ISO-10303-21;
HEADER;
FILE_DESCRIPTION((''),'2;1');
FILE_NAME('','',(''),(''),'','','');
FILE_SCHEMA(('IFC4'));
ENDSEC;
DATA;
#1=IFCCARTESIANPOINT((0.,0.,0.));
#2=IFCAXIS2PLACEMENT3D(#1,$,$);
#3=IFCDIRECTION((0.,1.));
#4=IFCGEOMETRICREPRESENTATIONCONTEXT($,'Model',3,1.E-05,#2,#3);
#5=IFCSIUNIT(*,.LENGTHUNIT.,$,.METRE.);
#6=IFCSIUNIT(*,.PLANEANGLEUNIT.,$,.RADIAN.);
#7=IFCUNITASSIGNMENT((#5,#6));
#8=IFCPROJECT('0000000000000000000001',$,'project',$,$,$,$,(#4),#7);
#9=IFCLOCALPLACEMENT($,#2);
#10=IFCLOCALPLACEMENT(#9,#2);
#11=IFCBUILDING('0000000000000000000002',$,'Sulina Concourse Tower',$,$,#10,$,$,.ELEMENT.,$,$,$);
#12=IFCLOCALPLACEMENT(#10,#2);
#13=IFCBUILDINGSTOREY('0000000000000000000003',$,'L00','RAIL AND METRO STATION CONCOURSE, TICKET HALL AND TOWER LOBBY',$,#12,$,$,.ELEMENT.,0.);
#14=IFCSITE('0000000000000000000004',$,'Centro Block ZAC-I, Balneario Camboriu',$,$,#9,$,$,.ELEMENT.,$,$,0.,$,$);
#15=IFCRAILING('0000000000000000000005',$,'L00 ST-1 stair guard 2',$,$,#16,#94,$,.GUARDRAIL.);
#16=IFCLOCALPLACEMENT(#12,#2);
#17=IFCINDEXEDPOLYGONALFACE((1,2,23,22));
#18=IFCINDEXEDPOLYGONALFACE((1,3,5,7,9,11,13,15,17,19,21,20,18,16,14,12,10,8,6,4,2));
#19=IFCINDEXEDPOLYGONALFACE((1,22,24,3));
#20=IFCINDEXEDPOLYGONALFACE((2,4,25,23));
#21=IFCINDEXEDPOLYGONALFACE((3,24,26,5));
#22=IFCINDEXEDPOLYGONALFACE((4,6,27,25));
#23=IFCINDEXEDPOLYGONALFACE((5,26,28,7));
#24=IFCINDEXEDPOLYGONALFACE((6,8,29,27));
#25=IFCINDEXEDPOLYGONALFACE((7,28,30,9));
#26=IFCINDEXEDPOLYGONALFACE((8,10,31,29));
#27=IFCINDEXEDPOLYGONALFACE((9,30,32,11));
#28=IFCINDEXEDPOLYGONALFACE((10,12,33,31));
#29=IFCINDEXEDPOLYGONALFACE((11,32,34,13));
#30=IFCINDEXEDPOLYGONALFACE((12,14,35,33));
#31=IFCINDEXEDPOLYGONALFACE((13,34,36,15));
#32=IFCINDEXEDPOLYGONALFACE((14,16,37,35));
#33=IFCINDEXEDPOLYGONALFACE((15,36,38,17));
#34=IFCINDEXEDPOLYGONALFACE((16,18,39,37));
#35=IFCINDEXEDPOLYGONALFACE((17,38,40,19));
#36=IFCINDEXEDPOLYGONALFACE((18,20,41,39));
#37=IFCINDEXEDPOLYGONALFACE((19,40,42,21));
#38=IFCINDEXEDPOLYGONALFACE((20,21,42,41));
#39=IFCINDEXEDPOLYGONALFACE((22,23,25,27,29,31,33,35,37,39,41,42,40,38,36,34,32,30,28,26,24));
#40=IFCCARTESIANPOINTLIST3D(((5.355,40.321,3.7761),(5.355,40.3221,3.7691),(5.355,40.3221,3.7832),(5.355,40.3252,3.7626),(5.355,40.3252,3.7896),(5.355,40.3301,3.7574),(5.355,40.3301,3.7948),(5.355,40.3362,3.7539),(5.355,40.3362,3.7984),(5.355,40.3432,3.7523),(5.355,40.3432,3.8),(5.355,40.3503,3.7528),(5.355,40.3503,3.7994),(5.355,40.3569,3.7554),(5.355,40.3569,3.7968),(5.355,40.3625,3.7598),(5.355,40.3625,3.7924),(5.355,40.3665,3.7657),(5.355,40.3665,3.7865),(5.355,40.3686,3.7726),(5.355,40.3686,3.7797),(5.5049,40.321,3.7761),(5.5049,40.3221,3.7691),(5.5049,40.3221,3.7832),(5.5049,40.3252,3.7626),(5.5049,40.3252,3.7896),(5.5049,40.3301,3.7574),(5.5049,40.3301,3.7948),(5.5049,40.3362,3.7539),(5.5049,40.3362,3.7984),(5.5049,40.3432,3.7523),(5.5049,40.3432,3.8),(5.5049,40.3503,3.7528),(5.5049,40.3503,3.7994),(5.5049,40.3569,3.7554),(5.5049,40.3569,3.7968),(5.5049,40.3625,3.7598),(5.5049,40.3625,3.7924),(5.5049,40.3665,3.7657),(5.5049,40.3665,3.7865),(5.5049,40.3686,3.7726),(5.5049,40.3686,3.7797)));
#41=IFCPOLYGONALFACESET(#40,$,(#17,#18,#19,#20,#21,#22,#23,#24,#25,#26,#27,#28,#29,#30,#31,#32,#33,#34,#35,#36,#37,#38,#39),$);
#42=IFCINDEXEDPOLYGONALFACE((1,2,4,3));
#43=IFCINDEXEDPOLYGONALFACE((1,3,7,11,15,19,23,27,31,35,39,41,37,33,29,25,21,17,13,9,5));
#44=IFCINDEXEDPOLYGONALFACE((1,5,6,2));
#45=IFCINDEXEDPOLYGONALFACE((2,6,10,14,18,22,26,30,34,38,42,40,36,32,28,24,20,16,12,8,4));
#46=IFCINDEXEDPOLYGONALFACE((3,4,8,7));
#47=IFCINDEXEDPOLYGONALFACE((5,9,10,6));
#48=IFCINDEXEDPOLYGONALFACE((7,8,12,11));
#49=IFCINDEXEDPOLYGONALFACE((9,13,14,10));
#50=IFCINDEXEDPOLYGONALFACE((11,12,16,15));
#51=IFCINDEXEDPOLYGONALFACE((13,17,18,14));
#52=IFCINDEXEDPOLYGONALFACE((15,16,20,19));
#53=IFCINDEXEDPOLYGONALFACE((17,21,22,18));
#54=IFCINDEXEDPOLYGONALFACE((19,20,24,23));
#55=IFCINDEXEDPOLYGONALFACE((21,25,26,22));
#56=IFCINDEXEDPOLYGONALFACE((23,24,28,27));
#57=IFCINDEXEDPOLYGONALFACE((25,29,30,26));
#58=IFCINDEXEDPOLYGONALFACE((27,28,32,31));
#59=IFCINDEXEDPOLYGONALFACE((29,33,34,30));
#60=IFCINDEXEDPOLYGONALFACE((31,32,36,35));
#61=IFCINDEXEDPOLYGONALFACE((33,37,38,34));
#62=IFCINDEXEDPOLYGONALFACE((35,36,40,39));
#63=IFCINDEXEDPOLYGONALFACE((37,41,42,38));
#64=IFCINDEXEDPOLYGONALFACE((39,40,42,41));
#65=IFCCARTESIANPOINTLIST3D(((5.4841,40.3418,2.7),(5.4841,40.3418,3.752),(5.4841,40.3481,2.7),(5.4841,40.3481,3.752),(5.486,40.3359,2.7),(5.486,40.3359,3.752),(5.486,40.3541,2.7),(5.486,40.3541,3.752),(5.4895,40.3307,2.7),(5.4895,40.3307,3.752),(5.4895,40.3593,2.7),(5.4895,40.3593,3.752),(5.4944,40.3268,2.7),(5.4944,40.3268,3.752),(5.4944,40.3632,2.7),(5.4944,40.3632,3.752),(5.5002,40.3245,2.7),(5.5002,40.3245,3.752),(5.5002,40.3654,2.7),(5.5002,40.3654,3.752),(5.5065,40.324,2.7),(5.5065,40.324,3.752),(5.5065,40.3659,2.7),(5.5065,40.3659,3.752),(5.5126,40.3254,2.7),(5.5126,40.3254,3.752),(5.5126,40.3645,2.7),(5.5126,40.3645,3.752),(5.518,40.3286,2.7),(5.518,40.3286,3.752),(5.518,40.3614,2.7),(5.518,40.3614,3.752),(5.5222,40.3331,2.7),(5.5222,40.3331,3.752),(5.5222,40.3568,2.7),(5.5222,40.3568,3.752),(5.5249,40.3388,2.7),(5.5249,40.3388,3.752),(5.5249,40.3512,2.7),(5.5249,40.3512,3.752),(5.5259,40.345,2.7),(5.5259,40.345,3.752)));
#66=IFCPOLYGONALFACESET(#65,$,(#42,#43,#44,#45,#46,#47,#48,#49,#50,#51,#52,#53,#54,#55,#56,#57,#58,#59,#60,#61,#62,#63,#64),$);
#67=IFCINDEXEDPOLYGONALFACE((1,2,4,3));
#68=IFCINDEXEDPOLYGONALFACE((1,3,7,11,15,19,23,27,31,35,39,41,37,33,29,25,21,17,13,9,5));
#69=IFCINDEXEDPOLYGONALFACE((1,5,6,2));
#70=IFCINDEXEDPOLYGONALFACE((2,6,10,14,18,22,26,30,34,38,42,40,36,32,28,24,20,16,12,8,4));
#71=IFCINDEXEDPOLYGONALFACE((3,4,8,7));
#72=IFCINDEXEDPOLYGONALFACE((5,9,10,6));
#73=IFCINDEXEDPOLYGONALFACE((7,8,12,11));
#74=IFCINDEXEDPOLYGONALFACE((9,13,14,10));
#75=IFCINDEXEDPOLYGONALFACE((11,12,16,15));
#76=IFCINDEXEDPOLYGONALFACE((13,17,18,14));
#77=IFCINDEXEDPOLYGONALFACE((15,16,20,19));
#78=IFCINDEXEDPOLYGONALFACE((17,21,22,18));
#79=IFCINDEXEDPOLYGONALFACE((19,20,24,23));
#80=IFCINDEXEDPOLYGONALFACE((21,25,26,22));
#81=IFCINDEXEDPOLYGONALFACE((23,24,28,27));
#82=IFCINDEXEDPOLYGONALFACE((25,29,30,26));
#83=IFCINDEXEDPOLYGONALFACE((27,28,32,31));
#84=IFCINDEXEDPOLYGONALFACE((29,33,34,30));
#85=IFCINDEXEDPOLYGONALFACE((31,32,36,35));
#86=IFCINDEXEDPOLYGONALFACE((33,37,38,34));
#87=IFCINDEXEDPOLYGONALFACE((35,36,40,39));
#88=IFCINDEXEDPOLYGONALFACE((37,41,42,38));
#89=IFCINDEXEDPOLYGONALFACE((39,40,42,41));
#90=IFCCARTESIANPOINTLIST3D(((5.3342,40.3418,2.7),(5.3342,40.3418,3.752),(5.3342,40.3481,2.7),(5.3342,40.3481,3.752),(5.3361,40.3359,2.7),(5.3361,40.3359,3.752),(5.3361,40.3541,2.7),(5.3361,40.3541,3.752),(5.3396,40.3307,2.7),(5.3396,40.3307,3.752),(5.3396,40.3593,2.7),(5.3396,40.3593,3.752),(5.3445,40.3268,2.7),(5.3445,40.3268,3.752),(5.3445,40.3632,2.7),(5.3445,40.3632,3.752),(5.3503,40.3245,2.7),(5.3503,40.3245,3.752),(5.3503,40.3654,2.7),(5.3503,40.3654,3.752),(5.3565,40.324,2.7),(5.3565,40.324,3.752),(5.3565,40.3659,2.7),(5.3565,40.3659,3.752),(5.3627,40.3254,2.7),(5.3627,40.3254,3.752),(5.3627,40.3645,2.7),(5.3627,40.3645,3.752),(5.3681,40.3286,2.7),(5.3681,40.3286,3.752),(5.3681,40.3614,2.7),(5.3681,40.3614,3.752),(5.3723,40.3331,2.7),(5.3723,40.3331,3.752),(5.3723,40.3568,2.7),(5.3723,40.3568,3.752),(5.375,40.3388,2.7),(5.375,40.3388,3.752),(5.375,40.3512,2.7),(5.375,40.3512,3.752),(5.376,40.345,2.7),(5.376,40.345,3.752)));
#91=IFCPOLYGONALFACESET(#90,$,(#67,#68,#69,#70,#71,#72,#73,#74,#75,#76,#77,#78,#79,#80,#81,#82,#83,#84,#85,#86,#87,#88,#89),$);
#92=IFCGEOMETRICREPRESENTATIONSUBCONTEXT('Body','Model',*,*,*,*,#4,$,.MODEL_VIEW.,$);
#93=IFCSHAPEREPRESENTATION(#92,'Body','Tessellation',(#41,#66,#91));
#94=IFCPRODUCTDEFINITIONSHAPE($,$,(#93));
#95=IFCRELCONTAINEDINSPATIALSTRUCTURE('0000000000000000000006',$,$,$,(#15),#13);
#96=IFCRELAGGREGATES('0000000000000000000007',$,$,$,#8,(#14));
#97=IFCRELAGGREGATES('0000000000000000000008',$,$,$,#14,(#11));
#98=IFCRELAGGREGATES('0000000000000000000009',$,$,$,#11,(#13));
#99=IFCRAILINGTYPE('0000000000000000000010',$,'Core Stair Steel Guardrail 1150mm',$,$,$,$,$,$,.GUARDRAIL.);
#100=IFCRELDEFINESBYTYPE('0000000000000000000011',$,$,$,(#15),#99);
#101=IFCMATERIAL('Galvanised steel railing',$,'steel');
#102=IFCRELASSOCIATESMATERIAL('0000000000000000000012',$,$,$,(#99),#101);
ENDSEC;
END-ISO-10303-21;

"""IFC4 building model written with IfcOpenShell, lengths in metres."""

from ifc_helpers import new_model, si_unit, direction, frame, origin, origin_2d, place, context, subcontext, project, spatial, circle, extrude, material, type_object, element, save


model = new_model("IFC4")

# Units and contexts
model_context = context("Model", 3, precision=1e-05, world=origin(), true_north=direction((0.0, 1.0)))
body_context = subcontext(model_context, "Body", "Model", "MODEL_VIEW")
ifc_project = project(units=[si_unit("LENGTHUNIT", "METRE"), si_unit("PLANEANGLEUNIT", "RADIAN")], contexts=[model_context])

# Site, building, storey
site_placement = place(None, origin())
site = spatial("IfcSite", under=ifc_project, at=site_placement, Name="Centro Block ZAC-I, Balneario Camboriu", CompositionType="ELEMENT", RefElevation=0.0)
building_placement = place(site_placement, origin())
building = spatial("IfcBuilding", under=site, at=building_placement, Name="Sulina Concourse Tower", CompositionType="ELEMENT")
storey_placement = place(building_placement, origin())
storey = spatial("IfcBuildingStorey", under=building, at=storey_placement, Name="L00", Description="RAIL AND METRO STATION CONCOURSE, TICKET HALL AND TOWER LOBBY", CompositionType="ELEMENT", Elevation=0.0)

# Railing
ifc_material_1 = material(Name="Galvanised steel railing", Category="steel")
railing_type_1 = type_object("IfcRailingType", Name="Core Stair Steel Guardrail 1150mm", PredefinedType="GUARDRAIL", material=ifc_material_1)
railing_1_placement = place(storey_placement, frame((5.5049, 40.345, 2.7)))
element("IfcRailing", 1, at=railing_1_placement, inside=storey, type_object=railing_type_1, Name="L00 ST-1 stair guard 2", PredefinedType="GUARDRAIL", context=body_context, shape_type="SweptSolid", body=[
    extrude(circle(Radius=0.0239, at=origin_2d()), frame((0.0, 0.0, 1.0762), z_axis=(-1.0, 0.0, 0.0), x_axis=(0.0, -1.0, 0.0)), (0.0, 0.0, 1.0), 0.1499),
    extrude(circle(Radius=0.021, at=origin_2d()), origin(), (0.0, 0.0, 1.0), 1.052),
    extrude(circle(Radius=0.021, at=origin_2d()), frame((-0.1499, 0.0, 0.0)), (0.0, 0.0, 1.0), 1.052),
])

save(model, "model.ifc")
